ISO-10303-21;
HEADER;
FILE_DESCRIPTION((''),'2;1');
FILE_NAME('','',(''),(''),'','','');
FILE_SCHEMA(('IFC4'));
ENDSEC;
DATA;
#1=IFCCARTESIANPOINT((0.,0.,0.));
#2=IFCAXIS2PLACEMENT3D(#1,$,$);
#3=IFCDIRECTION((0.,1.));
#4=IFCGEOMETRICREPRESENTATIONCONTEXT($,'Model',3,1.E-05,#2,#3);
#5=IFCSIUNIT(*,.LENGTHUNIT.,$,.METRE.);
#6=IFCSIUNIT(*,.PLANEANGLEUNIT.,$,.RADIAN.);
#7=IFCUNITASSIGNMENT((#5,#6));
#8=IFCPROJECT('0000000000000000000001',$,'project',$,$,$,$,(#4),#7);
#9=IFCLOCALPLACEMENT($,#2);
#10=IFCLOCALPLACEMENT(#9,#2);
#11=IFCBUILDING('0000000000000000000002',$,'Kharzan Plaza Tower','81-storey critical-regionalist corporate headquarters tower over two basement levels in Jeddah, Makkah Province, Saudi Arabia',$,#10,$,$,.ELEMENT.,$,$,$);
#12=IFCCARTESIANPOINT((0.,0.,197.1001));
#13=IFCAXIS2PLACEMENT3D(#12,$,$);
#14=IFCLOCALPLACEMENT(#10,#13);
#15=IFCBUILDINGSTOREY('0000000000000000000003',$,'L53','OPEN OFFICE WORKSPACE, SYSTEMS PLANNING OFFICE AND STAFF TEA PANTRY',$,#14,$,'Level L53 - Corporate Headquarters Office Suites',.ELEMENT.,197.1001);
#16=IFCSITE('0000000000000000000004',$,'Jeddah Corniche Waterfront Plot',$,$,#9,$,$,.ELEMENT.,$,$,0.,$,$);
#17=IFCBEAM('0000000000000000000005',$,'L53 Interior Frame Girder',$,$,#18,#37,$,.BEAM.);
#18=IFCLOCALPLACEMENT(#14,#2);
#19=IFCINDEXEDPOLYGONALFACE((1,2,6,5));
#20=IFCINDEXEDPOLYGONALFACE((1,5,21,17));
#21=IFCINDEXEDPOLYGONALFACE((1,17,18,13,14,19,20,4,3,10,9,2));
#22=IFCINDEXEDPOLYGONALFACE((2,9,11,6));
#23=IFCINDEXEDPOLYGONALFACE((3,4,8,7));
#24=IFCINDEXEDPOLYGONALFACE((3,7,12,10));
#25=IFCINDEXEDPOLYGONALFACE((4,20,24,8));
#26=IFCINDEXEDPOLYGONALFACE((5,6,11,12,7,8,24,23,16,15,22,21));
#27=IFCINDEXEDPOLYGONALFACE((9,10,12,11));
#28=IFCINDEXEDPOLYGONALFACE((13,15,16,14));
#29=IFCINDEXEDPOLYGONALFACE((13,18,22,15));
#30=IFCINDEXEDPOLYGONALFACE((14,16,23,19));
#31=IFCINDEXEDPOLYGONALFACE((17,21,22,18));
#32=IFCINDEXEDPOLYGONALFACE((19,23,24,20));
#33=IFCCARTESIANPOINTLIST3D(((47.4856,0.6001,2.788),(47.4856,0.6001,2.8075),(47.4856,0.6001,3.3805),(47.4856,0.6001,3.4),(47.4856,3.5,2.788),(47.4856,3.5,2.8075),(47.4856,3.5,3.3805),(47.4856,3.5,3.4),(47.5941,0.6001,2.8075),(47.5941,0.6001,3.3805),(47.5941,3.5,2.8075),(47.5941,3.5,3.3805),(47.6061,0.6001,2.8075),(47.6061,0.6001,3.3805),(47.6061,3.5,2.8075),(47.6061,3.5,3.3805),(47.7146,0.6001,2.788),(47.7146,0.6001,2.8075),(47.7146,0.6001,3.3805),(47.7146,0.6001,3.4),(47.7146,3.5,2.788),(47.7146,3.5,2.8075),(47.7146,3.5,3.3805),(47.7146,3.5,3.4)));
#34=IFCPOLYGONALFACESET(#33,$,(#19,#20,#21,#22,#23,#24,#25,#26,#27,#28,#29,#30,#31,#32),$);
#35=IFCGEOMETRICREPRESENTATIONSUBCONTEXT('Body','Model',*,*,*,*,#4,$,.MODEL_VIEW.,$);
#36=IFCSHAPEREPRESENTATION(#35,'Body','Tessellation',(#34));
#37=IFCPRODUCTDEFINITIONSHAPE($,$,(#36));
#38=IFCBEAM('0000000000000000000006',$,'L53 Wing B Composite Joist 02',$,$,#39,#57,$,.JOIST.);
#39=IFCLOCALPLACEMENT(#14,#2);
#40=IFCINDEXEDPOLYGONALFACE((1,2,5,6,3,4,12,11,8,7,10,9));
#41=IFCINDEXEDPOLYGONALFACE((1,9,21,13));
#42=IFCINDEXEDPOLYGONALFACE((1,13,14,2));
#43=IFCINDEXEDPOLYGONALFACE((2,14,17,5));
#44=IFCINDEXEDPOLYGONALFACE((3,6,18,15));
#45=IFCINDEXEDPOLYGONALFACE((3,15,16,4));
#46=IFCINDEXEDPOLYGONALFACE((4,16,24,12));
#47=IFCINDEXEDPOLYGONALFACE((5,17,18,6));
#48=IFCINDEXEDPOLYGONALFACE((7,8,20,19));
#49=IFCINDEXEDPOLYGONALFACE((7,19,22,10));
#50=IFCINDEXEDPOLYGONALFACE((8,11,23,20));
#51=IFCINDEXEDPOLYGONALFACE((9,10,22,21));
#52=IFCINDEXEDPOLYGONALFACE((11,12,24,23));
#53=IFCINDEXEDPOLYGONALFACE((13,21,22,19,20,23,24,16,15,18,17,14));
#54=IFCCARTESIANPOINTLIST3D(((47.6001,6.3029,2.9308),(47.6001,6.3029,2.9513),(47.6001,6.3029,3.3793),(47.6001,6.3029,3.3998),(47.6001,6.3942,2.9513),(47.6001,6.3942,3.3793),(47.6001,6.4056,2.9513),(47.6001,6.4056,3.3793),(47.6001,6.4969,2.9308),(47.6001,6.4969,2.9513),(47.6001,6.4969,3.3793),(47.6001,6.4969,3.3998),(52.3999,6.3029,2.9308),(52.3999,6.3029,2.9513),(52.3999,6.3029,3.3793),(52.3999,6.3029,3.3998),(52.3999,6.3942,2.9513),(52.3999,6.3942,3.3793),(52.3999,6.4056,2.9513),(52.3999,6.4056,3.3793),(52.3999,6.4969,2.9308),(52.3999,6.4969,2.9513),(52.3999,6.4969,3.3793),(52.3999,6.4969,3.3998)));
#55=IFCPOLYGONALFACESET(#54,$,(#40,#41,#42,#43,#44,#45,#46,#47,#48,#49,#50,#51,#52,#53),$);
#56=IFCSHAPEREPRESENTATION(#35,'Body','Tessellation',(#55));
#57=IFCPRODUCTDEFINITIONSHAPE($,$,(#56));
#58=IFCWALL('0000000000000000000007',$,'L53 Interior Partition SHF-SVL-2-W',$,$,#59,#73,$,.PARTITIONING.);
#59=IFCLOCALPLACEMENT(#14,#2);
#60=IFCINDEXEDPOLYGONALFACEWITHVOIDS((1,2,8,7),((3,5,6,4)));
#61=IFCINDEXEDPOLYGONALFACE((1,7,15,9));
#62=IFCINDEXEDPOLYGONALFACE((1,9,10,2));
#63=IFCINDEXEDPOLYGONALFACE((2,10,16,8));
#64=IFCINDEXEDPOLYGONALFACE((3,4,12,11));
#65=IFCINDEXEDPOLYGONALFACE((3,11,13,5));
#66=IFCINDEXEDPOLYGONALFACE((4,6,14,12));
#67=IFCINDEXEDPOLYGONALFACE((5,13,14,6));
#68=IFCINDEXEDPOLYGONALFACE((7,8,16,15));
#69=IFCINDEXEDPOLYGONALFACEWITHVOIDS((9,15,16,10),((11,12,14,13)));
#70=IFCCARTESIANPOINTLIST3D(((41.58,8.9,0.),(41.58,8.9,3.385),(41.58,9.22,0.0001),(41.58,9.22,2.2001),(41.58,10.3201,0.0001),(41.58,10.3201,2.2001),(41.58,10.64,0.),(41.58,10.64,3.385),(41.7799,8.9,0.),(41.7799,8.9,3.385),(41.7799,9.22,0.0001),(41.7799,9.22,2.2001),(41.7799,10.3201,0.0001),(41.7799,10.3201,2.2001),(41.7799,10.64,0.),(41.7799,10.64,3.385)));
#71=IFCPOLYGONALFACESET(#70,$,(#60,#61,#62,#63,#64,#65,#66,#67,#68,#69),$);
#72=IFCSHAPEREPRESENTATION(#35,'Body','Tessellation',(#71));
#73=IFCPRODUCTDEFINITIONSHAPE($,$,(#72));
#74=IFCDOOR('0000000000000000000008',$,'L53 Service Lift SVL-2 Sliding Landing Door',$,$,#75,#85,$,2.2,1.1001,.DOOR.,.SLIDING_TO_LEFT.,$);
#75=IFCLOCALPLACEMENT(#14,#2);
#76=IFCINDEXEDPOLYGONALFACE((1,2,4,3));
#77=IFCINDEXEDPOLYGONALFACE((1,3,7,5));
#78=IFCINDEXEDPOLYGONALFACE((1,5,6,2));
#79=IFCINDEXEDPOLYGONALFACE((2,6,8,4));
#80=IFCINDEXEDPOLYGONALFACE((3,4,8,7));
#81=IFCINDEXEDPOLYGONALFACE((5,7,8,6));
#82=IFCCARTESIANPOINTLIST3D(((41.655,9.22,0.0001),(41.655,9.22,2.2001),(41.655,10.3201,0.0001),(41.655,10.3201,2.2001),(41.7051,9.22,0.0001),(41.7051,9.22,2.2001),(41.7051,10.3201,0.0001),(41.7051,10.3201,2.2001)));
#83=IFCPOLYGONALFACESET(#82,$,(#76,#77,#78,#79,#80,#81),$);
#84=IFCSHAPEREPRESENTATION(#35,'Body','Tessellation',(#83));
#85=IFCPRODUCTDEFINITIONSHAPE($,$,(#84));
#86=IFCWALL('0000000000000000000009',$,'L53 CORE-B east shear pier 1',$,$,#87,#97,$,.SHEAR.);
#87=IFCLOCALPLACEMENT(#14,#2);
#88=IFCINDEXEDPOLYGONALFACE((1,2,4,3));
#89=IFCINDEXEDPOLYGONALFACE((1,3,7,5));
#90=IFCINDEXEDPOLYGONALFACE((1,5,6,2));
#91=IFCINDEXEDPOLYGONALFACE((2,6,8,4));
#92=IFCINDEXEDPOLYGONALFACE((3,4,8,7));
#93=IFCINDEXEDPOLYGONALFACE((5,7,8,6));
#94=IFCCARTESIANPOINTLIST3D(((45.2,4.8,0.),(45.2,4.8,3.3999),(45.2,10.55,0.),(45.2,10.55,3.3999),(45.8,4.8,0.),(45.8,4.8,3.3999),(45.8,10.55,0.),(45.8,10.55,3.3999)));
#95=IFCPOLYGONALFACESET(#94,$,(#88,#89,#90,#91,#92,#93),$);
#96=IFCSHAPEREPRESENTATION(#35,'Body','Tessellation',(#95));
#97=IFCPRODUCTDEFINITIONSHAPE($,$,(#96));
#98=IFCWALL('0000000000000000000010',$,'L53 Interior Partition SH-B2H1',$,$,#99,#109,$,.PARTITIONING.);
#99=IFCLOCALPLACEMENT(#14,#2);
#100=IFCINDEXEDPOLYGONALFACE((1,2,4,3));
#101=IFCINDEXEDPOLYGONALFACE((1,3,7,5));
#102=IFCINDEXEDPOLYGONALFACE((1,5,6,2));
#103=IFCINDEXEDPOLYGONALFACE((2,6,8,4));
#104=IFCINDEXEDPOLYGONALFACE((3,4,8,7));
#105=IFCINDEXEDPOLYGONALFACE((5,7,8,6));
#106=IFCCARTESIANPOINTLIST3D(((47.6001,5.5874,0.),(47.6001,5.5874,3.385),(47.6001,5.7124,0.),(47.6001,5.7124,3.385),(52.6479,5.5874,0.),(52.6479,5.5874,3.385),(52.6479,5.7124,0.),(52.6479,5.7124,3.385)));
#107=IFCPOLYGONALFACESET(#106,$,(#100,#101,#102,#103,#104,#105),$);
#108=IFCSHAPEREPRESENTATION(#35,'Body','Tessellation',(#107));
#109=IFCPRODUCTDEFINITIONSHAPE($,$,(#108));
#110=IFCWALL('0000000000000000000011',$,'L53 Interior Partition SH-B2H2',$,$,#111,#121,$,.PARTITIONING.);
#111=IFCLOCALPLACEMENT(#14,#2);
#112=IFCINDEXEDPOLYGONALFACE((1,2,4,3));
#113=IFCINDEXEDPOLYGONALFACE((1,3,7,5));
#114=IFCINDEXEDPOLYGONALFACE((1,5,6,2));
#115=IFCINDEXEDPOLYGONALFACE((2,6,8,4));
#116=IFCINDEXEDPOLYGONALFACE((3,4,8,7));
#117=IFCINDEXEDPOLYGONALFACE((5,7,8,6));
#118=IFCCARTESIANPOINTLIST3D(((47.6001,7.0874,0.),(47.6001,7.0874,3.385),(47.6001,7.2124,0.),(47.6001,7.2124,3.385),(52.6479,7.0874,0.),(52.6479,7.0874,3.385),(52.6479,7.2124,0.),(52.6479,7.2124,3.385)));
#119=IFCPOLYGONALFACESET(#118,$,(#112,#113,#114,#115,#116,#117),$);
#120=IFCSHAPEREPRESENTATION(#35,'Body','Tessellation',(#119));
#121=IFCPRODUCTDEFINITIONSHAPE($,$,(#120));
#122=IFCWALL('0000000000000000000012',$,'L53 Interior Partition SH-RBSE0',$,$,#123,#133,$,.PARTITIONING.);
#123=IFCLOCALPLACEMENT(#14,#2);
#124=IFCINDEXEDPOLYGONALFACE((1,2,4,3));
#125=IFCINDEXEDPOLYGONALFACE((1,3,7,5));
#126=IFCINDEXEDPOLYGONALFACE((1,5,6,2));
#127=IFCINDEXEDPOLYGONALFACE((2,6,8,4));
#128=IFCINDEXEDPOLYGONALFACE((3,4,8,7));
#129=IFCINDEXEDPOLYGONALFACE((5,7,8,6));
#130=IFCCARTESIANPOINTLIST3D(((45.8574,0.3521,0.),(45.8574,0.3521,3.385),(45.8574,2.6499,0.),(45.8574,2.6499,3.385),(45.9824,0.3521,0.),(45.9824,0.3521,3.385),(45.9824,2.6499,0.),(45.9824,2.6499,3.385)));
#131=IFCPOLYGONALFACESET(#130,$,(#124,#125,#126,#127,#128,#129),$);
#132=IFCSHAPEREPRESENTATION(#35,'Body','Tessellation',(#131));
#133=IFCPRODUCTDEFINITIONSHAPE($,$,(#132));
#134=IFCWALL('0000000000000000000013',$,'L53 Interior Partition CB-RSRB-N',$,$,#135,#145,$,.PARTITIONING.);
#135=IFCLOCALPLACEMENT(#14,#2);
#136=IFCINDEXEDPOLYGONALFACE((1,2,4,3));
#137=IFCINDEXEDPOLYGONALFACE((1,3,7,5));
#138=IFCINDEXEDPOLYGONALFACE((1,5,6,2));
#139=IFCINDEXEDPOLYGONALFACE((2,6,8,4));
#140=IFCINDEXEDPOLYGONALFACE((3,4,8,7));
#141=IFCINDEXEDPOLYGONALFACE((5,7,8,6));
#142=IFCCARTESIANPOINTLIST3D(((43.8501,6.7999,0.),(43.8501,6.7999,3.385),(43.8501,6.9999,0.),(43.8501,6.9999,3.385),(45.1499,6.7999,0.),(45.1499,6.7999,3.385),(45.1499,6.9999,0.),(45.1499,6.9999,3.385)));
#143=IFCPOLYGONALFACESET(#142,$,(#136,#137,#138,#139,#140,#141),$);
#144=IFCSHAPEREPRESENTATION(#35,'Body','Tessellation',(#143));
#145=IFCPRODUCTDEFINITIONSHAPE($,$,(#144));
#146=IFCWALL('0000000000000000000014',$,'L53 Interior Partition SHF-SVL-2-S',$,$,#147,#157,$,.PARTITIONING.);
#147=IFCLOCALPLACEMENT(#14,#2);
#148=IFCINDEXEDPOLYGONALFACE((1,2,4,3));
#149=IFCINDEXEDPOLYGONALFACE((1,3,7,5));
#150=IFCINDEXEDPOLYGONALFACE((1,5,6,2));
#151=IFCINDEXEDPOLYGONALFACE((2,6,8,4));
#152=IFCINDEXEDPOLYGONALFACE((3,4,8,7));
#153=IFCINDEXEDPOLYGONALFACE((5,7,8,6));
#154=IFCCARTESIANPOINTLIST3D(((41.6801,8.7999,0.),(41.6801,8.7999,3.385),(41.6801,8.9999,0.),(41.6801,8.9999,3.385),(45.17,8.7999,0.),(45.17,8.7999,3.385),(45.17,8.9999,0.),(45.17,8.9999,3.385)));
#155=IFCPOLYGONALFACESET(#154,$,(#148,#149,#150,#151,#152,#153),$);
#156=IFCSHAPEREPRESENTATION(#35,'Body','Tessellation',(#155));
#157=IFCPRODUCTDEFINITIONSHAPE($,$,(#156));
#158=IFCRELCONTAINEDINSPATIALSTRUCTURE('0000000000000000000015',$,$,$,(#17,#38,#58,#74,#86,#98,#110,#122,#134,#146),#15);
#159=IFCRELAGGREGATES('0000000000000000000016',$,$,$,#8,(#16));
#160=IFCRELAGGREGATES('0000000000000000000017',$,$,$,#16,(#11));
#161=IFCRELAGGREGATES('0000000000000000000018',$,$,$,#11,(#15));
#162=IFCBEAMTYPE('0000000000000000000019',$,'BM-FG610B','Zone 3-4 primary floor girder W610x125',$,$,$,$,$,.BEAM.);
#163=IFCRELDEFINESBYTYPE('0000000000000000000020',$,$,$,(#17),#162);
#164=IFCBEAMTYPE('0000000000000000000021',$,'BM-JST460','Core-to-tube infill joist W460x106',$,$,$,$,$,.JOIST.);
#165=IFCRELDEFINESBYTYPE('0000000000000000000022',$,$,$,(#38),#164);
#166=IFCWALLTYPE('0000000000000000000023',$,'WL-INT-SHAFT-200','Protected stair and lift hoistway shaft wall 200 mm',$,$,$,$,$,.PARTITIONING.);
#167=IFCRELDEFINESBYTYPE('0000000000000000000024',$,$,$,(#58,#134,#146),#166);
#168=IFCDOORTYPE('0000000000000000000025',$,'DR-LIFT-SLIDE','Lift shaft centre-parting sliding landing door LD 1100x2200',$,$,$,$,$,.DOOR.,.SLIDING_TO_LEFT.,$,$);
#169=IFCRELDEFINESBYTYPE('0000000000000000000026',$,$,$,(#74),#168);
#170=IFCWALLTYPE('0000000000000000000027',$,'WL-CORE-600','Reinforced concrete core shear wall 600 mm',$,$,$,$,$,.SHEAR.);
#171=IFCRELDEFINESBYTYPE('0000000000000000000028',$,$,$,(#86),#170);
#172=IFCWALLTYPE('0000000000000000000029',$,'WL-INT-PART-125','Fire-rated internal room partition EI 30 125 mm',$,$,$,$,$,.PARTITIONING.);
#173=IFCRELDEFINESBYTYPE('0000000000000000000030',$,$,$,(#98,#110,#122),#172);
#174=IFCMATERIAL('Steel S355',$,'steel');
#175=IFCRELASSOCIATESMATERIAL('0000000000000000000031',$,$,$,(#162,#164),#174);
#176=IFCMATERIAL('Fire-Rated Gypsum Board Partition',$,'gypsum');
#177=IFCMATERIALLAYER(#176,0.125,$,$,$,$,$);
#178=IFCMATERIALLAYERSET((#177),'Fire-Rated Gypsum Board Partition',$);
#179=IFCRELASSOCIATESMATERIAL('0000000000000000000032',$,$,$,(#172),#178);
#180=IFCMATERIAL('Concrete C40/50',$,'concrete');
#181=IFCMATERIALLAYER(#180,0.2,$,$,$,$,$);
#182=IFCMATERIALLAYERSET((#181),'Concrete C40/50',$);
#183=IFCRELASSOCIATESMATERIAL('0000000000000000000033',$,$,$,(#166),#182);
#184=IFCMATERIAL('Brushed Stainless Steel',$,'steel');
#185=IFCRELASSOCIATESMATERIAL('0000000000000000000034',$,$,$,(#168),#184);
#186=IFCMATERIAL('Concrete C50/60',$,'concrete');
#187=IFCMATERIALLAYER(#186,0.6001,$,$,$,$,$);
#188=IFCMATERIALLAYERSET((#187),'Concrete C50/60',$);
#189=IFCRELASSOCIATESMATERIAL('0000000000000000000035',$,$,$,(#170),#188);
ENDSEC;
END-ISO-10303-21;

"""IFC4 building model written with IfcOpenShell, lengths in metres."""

from ifc_helpers import new_model, si_unit, direction, frame, frame_2d, origin, origin_2d, place, context, subcontext, project, spatial, rectangle, i_section, extrude, source, transform, mapped, material, layer, layer_set, material_profile, profile_set, type_object, element, fill, save


model = new_model("IFC4")

# Units and contexts
model_context = context("Model", 3, precision=1e-05, world=origin(), true_north=direction((0.0, 1.0)))
body_context = subcontext(model_context, "Body", "Model", "MODEL_VIEW")
ifc_project = project(units=[si_unit("LENGTHUNIT", "METRE"), si_unit("PLANEANGLEUNIT", "RADIAN")], contexts=[model_context])

# Site, building, storey
site_placement = place(None, origin())
site = spatial("IfcSite", under=ifc_project, at=site_placement, Name="Jeddah Corniche Waterfront Plot", CompositionType="ELEMENT", RefElevation=0.0)
building_placement = place(site_placement, origin())
building = spatial("IfcBuilding", under=site, at=building_placement, Name="Kharzan Plaza Tower", Description="81-storey critical-regionalist corporate headquarters tower over two basement levels in Jeddah, Makkah Province, Saudi Arabia", CompositionType="ELEMENT")
storey_placement = place(building_placement, frame((0.0, 0.0, 197.1001)))
storey = spatial("IfcBuildingStorey", under=building, at=storey_placement, Name="L53", Description="OPEN OFFICE WORKSPACE, SYSTEMS PLANNING OFFICE AND STAFF TEA PANTRY", LongName="Level L53 - Corporate Headquarters Office Suites", CompositionType="ELEMENT", Elevation=197.1001)

# Shared definitions
ifc_material_1 = material(Name="Concrete C50/60", Category="concrete")

# Beams
ifc_material_2 = material(Name="Steel S355", Category="steel")
ifc_material_profile_1 = material_profile(ifc_material_2, i_section(OverallWidth=0.229, OverallDepth=0.6121, WebThickness=0.012, FlangeThickness=0.0195, at=origin_2d()), Name="W610x125")
ifc_profile_set_1 = profile_set([ifc_material_profile_1], Name="Steel S355")
beam_type_1 = type_object("IfcBeamType", Name="BM-FG610B", Description="Zone 3-4 primary floor girder W610x125", PredefinedType="BEAM", material=ifc_profile_set_1)
shared_shape_1 = source(origin(), body_context, "Body", "SweptSolid", [
    extrude(i_section(OverallWidth=0.229, OverallDepth=0.6121, WebThickness=0.012, FlangeThickness=0.0195, at=origin_2d()), origin(), (0.0, 0.0, 1.0), 2.8999),
])
beam_1_placement = place(storey_placement, frame((47.6001, 0.6001, 3.094), z_axis=(0.0, 1.0, 0.0), x_axis=(-1.0, 0.0, 0.0)))
element("IfcBeam", 1, at=beam_1_placement, inside=storey, type_object=beam_type_1, Name="L53 Interior Frame Girder", PredefinedType="BEAM", context=body_context, shape_type="MappedRepresentation", body=[
    mapped(shared_shape_1, transform((0.0, 0.0, 0.0), x_axis=(1.0, 0.0, 0.0), y_axis=(0.0, 1.0, 0.0), z_axis=(0.0, 0.0, 1.0))),
])
ifc_material_profile_2 = material_profile(ifc_material_2, i_section(OverallWidth=0.1941, OverallDepth=0.469, WebThickness=0.0115, FlangeThickness=0.0205, at=origin_2d()), Name="W460x106")
ifc_profile_set_2 = profile_set([ifc_material_profile_2], Name="Steel S355")
beam_type_2 = type_object("IfcBeamType", Name="BM-JST460", Description="Core-to-tube infill joist W460x106", PredefinedType="JOIST", material=ifc_profile_set_2)
shared_shape_2 = source(origin(), body_context, "Body", "SweptSolid", [
    extrude(i_section(OverallWidth=0.1941, OverallDepth=0.469, WebThickness=0.0115, FlangeThickness=0.0205, at=origin_2d()), origin(), (0.0, 0.0, 1.0), 4.7998),
])
beam_2_placement = place(storey_placement, frame((47.6001, 6.3999, 3.1653), z_axis=(1.0, 0.0, 0.0), x_axis=(0.0, 1.0, 0.0)))
element("IfcBeam", 2, at=beam_2_placement, inside=storey, type_object=beam_type_2, Name="L53 Wing B Composite Joist 02", PredefinedType="JOIST", context=body_context, shape_type="MappedRepresentation", body=[
    mapped(shared_shape_2, transform((0.0, 0.0, 0.0), x_axis=(1.0, 0.0, 0.0), y_axis=(0.0, 1.0, 0.0), z_axis=(0.0, 0.0, 1.0))),
])

# Wall, opening, door
ifc_material_3 = material(Name="Fire-Rated Gypsum Board Partition", Category="gypsum")
ifc_layer_1 = layer(ifc_material_3, 0.125)
ifc_layer_set_1 = layer_set([ifc_layer_1], Name="Fire-Rated Gypsum Board Partition")
wall_type_1 = type_object("IfcWallType", Name="WL-INT-PART-125", Description="Fire-rated internal room partition EI 30 125 mm", PredefinedType="PARTITIONING", material=ifc_layer_set_1)
ifc_material_4 = material(Name="Concrete C40/50", Category="concrete")
ifc_layer_2 = layer(ifc_material_4, 0.2)
ifc_layer_set_2 = layer_set([ifc_layer_2], Name="Concrete C40/50")
wall_type_2 = type_object("IfcWallType", Name="WL-INT-SHAFT-200", Description="Protected stair and lift hoistway shaft wall 200 mm", PredefinedType="PARTITIONING", material=ifc_layer_set_2)
wall_1_placement = place(storey_placement, frame((41.6799, 8.8999, 0.0), z_axis=(0.0, 0.0, 1.0), x_axis=(0.0, 1.0, 0.0)))
wall_1 = element("IfcWall", 3, at=wall_1_placement, inside=storey, type_object=wall_type_2, Name="L53 Interior Partition SHF-SVL-2-W", PredefinedType="PARTITIONING", context=body_context, shape_type="SweptSolid", body=[
    extrude(rectangle(XDim=1.74, YDim=0.2, at=frame_2d((0.8701, 0.0))), origin(), (0.0, 0.0, 1.0), 3.385),
])
opening_1_placement = place(wall_1_placement, frame((0.3201, 0.0, 0.0)))
opening_1 = element("IfcOpeningElement", 4, at=opening_1_placement, cuts=wall_1, PredefinedType="OPENING", context=body_context, shape_type="SweptSolid", body=[
    extrude(rectangle(XDim=1.1001, YDim=2.2, at=frame_2d((0.55, 1.1001))), frame((0.0, 0.1099, 0.0), z_axis=(0.0, -1.0, 0.0), x_axis=(1.0, 0.0, 0.0)), (0.0, 0.0, 1.0), 0.22),
])
ifc_material_5 = material(Name="Brushed Stainless Steel", Category="steel")
door_type_1 = type_object("IfcDoorType", Name="DR-LIFT-SLIDE", Description="Lift shaft centre-parting sliding landing door LD 1100x2200", OperationType="SLIDING_TO_LEFT", PredefinedType="DOOR", material=ifc_material_5)
shared_shape_3 = source(origin(), body_context, "Body", "SweptSolid", [
    extrude(rectangle(XDim=1.1001, YDim=2.2, at=frame_2d((0.55, 1.1001))), frame((0.0, 0.0249, 0.0), z_axis=(0.0, -1.0, 0.0), x_axis=(1.0, 0.0, 0.0)), (0.0, 0.0, 1.0), 0.05),
])
door_1_placement = place(opening_1_placement, origin())
door_1 = element("IfcDoor", 5, at=door_1_placement, inside=storey, type_object=door_type_1, Name="L53 Service Lift SVL-2 Sliding Landing Door", OperationType="SLIDING_TO_LEFT", OverallHeight=2.2, OverallWidth=1.1001, PredefinedType="DOOR", context=body_context, shape_type="MappedRepresentation", body=[
    mapped(shared_shape_3, transform((0.0, 0.0, 0.0), x_axis=(1.0, 0.0, 0.0), y_axis=(0.0, 1.0, 0.0), z_axis=(0.0, 0.0, 1.0))),
])
fill(opening_1, door_1)

# Walls
ifc_layer_3 = layer(ifc_material_1, 0.6001)
ifc_layer_set_3 = layer_set([ifc_layer_3], Name="Concrete C50/60")
wall_type_3 = type_object("IfcWallType", Name="WL-CORE-600", Description="Reinforced concrete core shear wall 600 mm", PredefinedType="SHEAR", material=ifc_layer_set_3)
shared_shape_4 = source(origin(), body_context, "Body", "SweptSolid", [
    extrude(rectangle(XDim=5.75, YDim=0.6001, at=frame_2d((2.875, 0.0))), origin(), (0.0, 0.0, 1.0), 3.3999),
])
wall_2_placement = place(storey_placement, frame((45.5, 4.8, 0.0), z_axis=(0.0, 0.0, 1.0), x_axis=(0.0, 1.0, 0.0)))
element("IfcWall", 6, at=wall_2_placement, inside=storey, type_object=wall_type_3, Name="L53 CORE-B east shear pier 1", PredefinedType="SHEAR", context=body_context, shape_type="MappedRepresentation", body=[
    mapped(shared_shape_4, transform((0.0, 0.0, 0.0), x_axis=(1.0, 0.0, 0.0), y_axis=(0.0, 1.0, 0.0), z_axis=(0.0, 0.0, 1.0))),
])
shared_shape_5 = source(origin(), body_context, "Body", "SweptSolid", [
    extrude(rectangle(XDim=5.0479, YDim=0.125, at=frame_2d((2.5239, 0.0))), origin(), (0.0, 0.0, 1.0), 3.385),
])
for number, where, z_axis, x_axis, name in (
    (7, (47.6001, 5.6499, 0.0), (0.0, 0.0, 1.0), (1.0, 0.0, 0.0), "L53 Interior Partition SH-B2H1"),
    (8, (47.6001, 7.1499, 0.0), (0.0, 0.0, 1.0), (1.0, 0.0, 0.0), "L53 Interior Partition SH-B2H2"),
):
    element("IfcWall", number, at=place(storey_placement, frame(where, z_axis=z_axis, x_axis=x_axis)), inside=storey, type_object=wall_type_1, Name=name, PredefinedType="PARTITIONING", context=body_context, shape_type="MappedRepresentation", body=[
        mapped(shared_shape_5, transform((0.0, 0.0, 0.0), x_axis=(1.0, 0.0, 0.0), y_axis=(0.0, 1.0, 0.0), z_axis=(0.0, 0.0, 1.0))),
    ])
shared_shape_6 = source(origin(), body_context, "Body", "SweptSolid", [
    extrude(rectangle(XDim=2.2979, YDim=0.125, at=frame_2d((1.1489, 0.0))), origin(), (0.0, 0.0, 1.0), 3.385),
])
wall_3_placement = place(storey_placement, frame((45.9199, 0.3521, 0.0), z_axis=(0.0, 0.0, 1.0), x_axis=(0.0, 1.0, 0.0)))
element("IfcWall", 9, at=wall_3_placement, inside=storey, type_object=wall_type_1, Name="L53 Interior Partition SH-RBSE0", PredefinedType="PARTITIONING", context=body_context, shape_type="MappedRepresentation", body=[
    mapped(shared_shape_6, transform((0.0, 0.0, 0.0), x_axis=(1.0, 0.0, 0.0), y_axis=(0.0, 1.0, 0.0), z_axis=(0.0, 0.0, 1.0))),
])
shared_shape_7 = source(origin(), body_context, "Body", "SweptSolid", [
    extrude(rectangle(XDim=1.2998, YDim=0.2, at=frame_2d((0.6499, 0.0))), origin(), (0.0, 0.0, 1.0), 3.385),
])
wall_4_placement = place(storey_placement, frame((43.8501, 6.8999, 0.0), z_axis=(0.0, 0.0, 1.0), x_axis=(1.0, 0.0, 0.0)))
element("IfcWall", 10, at=wall_4_placement, inside=storey, type_object=wall_type_2, Name="L53 Interior Partition CB-RSRB-N", PredefinedType="PARTITIONING", context=body_context, shape_type="MappedRepresentation", body=[
    mapped(shared_shape_7, transform((0.0, 0.0, 0.0), x_axis=(1.0, 0.0, 0.0), y_axis=(0.0, 1.0, 0.0), z_axis=(0.0, 0.0, 1.0))),
])
shared_shape_8 = source(origin(), body_context, "Body", "SweptSolid", [
    extrude(rectangle(XDim=3.49, YDim=0.2, at=frame_2d((1.7451, 0.0))), origin(), (0.0, 0.0, 1.0), 3.385),
])
wall_5_placement = place(storey_placement, frame((41.6799, 8.8999, 0.0), z_axis=(0.0, 0.0, 1.0), x_axis=(1.0, 0.0, 0.0)))
element("IfcWall", 11, at=wall_5_placement, inside=storey, type_object=wall_type_2, Name="L53 Interior Partition SHF-SVL-2-S", PredefinedType="PARTITIONING", context=body_context, shape_type="MappedRepresentation", body=[
    mapped(shared_shape_8, transform((0.0, 0.0, 0.0), x_axis=(1.0, 0.0, 0.0), y_axis=(0.0, 1.0, 0.0), z_axis=(0.0, 0.0, 1.0))),
])

save(model, "model.ifc")
